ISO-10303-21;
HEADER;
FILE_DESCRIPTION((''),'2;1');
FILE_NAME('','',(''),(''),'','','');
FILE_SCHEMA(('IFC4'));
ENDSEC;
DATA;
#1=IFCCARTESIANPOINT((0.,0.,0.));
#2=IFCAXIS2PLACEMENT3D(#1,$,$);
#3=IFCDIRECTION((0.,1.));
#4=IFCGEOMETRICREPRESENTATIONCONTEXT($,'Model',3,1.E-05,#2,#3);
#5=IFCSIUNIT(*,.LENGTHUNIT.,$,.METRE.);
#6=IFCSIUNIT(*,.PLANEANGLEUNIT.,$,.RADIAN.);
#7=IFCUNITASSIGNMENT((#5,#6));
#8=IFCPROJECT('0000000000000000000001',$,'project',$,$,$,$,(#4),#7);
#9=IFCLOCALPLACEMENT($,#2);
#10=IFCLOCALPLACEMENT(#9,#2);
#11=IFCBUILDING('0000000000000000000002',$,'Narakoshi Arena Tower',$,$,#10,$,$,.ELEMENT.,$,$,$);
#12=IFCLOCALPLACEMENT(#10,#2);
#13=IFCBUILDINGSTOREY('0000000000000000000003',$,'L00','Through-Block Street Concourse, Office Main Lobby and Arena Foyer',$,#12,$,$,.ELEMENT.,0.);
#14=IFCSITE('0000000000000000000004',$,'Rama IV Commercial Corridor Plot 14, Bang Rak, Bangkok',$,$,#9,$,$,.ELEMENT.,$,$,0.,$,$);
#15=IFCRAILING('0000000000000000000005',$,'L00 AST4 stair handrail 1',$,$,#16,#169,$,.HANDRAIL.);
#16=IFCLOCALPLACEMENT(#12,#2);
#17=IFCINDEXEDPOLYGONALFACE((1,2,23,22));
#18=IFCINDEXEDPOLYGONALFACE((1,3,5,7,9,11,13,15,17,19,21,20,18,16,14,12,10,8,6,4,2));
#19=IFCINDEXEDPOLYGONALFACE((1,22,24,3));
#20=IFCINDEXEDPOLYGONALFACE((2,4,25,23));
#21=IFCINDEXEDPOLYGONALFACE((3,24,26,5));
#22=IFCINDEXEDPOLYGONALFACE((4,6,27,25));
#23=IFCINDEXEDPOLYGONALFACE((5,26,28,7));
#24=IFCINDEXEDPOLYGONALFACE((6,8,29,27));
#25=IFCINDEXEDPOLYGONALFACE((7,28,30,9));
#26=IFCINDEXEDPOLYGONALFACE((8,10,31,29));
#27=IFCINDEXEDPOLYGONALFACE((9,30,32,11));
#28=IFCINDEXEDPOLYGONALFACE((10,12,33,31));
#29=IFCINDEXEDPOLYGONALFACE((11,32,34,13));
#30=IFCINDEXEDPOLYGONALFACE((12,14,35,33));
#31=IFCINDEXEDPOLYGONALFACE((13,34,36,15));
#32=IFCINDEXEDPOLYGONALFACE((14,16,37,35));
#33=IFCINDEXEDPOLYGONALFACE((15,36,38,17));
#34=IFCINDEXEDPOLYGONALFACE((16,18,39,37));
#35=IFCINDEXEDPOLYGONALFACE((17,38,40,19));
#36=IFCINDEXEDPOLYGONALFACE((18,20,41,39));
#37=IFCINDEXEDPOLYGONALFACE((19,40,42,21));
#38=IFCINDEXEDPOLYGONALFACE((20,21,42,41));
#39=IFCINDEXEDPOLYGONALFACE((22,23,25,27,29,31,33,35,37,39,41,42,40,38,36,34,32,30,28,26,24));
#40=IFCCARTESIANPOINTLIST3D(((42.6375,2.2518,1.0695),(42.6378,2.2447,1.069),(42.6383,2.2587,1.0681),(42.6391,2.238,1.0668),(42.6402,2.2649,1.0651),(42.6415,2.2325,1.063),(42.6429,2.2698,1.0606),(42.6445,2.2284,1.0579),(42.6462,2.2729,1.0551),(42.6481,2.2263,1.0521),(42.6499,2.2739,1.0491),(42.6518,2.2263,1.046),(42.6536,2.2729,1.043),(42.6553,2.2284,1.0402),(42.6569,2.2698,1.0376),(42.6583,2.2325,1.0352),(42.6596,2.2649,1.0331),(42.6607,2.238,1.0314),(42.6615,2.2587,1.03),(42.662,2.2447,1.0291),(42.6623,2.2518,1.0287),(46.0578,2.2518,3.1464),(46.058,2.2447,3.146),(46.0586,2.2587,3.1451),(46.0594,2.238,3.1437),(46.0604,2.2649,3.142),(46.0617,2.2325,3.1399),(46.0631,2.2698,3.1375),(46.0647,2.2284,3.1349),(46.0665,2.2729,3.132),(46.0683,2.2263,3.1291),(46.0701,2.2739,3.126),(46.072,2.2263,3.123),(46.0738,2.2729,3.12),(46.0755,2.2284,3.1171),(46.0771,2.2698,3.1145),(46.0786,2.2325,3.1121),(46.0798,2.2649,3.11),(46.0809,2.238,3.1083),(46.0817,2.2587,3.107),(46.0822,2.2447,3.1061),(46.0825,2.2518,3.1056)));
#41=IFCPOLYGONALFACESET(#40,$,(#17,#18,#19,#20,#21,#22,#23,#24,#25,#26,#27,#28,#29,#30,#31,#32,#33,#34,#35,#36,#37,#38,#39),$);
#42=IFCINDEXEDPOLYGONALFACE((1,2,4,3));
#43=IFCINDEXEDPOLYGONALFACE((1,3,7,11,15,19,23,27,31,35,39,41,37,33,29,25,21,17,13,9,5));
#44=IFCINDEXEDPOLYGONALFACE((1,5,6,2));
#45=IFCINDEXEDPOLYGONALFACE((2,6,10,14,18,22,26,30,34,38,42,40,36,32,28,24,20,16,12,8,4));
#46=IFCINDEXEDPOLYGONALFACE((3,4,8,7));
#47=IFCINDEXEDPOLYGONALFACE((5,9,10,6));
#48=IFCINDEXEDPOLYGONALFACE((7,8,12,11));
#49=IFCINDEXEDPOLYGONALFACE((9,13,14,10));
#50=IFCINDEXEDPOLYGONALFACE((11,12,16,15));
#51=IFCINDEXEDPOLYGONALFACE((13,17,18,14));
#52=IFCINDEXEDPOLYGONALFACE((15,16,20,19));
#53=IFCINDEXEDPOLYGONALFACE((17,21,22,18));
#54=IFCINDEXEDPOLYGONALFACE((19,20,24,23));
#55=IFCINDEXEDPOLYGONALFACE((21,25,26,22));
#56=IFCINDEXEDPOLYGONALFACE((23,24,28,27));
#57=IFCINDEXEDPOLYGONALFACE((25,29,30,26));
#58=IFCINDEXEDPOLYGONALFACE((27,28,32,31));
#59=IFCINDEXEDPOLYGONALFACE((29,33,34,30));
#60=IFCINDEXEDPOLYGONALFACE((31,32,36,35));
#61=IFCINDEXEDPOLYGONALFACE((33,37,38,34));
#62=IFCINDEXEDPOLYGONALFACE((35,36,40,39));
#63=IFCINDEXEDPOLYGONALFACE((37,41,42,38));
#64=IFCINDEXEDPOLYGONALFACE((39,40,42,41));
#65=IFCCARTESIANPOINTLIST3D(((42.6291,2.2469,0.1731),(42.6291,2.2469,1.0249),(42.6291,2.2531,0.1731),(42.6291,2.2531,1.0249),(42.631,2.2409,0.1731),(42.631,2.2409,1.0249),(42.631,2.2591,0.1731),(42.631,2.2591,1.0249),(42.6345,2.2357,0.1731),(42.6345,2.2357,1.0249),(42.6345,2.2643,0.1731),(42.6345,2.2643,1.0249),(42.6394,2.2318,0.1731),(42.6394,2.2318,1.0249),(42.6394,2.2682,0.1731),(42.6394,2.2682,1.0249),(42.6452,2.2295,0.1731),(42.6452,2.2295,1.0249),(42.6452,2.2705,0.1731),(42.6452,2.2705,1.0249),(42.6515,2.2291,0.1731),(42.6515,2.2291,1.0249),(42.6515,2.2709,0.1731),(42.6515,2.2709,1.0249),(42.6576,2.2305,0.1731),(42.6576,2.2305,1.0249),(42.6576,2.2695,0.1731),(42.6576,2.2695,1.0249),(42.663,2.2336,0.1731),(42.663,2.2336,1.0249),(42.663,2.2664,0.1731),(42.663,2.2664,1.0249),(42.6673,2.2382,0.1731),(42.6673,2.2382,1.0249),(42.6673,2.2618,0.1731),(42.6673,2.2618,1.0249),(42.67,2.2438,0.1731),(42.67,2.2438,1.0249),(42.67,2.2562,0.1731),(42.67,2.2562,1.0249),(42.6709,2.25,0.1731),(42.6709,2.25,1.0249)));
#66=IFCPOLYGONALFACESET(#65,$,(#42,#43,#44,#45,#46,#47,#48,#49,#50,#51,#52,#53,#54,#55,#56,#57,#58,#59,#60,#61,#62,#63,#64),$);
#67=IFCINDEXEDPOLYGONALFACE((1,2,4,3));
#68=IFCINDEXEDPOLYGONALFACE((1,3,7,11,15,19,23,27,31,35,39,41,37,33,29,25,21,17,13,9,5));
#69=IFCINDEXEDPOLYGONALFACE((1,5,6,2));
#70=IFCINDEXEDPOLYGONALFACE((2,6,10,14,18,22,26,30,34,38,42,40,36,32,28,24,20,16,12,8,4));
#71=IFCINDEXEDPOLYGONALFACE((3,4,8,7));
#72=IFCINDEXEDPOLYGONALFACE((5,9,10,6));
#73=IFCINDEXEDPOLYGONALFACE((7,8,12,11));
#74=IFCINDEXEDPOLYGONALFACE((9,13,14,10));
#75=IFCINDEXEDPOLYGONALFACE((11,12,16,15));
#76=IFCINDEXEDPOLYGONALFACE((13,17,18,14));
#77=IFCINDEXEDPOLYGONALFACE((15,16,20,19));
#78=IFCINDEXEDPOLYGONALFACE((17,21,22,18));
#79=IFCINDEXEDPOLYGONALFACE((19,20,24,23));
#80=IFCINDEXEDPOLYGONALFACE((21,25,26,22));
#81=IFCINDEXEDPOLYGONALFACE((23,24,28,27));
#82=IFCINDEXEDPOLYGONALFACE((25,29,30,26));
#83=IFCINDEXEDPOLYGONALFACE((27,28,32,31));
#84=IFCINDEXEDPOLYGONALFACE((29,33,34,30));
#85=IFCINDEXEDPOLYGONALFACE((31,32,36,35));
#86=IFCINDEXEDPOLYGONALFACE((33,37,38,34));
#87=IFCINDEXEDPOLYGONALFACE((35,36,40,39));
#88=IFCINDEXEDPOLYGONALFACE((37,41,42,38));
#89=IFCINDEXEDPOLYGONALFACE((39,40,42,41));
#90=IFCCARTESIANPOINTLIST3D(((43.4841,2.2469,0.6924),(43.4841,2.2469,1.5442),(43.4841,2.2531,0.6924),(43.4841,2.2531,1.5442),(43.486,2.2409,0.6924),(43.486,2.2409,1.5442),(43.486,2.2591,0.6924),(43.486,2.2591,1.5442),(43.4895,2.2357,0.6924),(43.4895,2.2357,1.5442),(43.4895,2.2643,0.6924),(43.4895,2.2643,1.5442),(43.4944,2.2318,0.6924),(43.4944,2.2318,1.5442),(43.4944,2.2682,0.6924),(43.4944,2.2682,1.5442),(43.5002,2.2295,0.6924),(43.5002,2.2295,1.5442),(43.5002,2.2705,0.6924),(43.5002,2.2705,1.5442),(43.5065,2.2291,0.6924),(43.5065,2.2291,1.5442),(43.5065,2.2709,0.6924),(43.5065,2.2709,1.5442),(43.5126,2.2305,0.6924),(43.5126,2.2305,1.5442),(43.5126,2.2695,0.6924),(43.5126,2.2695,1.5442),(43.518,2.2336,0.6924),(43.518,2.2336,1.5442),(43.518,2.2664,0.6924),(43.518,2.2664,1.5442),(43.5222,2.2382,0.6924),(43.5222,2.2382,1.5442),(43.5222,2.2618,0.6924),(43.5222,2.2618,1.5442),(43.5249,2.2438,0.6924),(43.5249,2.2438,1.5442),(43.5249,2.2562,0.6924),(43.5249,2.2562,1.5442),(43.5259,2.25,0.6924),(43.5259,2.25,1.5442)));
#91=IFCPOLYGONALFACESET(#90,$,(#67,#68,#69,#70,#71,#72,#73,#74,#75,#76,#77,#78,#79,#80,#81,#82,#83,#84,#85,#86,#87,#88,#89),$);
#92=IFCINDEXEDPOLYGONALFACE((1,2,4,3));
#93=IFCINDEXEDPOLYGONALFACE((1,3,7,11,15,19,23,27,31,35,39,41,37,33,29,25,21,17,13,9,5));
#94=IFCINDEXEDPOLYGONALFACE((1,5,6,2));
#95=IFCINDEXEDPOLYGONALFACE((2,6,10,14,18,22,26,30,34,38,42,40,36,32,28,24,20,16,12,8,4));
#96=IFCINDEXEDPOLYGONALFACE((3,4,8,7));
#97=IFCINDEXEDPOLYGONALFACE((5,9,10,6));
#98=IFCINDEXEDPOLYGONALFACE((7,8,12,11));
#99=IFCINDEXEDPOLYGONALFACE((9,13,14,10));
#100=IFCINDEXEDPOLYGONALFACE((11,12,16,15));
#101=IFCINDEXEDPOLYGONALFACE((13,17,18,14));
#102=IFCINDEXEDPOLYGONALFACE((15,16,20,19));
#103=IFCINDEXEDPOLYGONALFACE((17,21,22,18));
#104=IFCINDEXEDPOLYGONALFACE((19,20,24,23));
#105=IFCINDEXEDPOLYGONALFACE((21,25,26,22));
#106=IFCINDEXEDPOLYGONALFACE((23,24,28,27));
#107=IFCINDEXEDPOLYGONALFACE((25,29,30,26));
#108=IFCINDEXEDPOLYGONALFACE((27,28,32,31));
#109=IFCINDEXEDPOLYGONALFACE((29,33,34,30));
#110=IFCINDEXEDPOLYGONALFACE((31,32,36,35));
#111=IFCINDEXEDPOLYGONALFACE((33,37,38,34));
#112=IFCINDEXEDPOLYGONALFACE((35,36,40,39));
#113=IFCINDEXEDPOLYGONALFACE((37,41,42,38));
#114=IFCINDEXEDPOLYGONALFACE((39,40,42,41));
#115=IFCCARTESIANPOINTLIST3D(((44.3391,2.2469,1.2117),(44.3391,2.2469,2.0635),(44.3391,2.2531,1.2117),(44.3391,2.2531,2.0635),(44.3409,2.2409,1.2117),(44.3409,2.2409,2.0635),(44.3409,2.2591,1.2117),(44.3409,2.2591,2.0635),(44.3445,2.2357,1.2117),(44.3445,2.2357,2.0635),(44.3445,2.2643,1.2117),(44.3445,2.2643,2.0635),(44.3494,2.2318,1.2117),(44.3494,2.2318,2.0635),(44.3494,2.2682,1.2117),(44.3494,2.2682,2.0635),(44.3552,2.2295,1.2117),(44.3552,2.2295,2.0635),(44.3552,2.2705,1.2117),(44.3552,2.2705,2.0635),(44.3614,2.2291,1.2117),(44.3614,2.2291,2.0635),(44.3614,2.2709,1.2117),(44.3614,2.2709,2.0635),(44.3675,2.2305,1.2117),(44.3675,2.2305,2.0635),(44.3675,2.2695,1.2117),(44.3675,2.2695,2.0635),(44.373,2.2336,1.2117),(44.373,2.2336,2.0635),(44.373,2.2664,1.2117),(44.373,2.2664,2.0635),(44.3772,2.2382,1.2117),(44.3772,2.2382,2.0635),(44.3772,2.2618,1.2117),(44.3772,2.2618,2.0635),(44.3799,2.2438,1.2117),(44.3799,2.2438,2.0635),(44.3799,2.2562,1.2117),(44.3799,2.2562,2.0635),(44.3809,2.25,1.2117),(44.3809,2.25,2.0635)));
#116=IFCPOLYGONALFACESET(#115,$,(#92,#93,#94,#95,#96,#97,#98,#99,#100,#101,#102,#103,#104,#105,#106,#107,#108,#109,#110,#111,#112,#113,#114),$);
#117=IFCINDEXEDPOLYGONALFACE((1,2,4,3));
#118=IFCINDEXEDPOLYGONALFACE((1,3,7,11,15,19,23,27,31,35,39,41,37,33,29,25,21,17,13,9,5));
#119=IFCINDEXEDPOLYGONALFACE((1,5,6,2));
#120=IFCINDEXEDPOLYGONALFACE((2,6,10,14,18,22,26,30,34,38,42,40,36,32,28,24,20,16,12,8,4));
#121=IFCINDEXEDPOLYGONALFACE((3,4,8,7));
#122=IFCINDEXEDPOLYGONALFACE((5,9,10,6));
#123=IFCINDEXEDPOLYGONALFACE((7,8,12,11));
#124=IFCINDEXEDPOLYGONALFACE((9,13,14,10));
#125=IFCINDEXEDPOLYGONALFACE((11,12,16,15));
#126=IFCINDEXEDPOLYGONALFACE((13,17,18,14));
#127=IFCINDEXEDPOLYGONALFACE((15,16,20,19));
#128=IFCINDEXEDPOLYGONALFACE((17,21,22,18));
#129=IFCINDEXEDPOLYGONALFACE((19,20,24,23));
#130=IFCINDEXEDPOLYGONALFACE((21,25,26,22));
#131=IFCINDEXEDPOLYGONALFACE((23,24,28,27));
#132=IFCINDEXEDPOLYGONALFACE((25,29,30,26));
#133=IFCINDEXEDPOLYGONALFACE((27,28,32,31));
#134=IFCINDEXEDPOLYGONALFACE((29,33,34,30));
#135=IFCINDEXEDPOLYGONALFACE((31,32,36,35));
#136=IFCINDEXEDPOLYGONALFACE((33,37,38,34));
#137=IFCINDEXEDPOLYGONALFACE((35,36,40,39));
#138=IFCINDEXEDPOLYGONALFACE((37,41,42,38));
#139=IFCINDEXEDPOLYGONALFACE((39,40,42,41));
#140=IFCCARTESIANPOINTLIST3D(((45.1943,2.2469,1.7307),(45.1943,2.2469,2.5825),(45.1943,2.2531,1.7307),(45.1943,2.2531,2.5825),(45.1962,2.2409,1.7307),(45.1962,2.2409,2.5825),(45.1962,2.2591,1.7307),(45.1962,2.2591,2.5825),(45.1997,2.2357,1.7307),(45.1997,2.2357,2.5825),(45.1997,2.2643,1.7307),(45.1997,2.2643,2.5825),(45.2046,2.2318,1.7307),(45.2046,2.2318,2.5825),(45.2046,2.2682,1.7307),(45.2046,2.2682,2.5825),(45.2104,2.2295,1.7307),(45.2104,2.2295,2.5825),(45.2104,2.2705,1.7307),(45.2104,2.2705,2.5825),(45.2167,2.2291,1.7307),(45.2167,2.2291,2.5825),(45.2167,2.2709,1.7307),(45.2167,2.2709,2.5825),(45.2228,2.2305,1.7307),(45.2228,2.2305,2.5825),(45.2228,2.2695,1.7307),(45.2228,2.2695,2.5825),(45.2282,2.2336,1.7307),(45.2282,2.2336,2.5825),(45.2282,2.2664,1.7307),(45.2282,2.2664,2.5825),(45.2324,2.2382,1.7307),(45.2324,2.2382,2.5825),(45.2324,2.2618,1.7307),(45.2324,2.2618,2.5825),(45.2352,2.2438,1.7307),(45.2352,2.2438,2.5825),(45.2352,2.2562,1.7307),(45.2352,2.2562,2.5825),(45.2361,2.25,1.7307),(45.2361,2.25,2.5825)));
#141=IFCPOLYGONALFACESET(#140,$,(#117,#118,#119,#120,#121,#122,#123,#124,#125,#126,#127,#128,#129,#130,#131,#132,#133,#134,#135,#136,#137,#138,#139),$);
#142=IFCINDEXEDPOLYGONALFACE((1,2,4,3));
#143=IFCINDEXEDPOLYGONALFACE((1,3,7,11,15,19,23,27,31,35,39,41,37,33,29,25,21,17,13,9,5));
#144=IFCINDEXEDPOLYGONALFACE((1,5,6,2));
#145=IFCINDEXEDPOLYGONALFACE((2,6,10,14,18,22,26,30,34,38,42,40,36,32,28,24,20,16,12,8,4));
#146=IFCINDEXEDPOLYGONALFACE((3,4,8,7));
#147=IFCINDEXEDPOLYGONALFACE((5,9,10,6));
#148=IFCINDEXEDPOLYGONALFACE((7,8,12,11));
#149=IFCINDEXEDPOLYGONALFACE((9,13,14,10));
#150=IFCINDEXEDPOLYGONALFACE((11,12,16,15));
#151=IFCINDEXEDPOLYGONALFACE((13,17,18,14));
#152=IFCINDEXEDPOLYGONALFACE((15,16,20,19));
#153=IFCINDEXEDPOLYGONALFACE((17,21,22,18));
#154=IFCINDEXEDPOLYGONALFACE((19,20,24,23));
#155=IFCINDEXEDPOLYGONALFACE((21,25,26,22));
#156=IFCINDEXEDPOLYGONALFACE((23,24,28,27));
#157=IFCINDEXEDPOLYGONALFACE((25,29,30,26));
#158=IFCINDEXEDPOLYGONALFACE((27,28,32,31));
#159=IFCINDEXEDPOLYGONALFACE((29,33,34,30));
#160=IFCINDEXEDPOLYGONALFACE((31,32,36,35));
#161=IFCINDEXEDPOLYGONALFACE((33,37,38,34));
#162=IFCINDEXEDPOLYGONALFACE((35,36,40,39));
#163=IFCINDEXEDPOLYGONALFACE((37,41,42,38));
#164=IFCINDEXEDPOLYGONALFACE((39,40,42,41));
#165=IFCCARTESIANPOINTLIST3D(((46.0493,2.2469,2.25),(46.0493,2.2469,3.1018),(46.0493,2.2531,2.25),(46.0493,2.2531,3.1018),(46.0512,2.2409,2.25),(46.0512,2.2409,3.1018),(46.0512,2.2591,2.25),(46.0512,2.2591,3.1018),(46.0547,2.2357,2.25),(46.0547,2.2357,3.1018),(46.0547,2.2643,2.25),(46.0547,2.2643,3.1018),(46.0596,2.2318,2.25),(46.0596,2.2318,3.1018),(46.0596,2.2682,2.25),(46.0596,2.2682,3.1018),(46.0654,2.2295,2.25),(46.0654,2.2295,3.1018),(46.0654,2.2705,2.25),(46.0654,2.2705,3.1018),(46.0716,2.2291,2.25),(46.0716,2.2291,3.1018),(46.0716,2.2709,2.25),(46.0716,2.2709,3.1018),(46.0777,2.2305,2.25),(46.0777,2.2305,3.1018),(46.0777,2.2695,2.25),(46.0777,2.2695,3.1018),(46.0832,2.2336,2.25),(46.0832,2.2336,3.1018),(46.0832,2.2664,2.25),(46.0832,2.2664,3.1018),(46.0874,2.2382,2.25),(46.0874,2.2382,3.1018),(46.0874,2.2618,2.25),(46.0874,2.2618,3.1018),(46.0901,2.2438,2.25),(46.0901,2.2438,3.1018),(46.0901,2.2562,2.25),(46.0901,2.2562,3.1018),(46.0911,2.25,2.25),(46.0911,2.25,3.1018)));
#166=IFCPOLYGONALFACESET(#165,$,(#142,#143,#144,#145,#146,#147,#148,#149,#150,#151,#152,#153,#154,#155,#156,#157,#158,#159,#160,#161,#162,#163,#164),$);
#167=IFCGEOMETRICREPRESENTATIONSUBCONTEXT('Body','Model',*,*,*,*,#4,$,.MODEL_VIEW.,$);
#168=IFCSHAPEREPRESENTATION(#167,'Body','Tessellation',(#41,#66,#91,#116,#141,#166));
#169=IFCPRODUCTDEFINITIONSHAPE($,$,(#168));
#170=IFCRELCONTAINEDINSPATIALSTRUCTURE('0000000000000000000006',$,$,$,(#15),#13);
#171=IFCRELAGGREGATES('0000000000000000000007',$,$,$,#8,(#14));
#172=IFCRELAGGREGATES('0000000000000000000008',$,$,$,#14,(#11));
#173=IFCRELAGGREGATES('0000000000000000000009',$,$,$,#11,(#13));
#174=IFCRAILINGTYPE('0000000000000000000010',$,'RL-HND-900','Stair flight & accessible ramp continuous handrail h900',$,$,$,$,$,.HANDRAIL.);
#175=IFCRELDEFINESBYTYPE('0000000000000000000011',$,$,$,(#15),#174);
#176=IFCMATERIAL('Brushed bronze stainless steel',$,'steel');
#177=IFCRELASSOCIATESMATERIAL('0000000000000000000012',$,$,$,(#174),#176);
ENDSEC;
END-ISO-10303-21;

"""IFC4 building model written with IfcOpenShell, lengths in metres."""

from ifc_helpers import new_model, si_unit, direction, frame, origin, origin_2d, place, context, subcontext, project, spatial, circle, extrude, material, type_object, element, save


model = new_model("IFC4")

# Units and contexts
model_context = context("Model", 3, precision=1e-05, world=origin(), true_north=direction((0.0, 1.0)))
body_context = subcontext(model_context, "Body", "Model", "MODEL_VIEW")
ifc_project = project(units=[si_unit("LENGTHUNIT", "METRE"), si_unit("PLANEANGLEUNIT", "RADIAN")], contexts=[model_context])

# Site, building, storey
site_placement = place(None, origin())
site = spatial("IfcSite", under=ifc_project, at=site_placement, Name="Rama IV Commercial Corridor Plot 14, Bang Rak, Bangkok", CompositionType="ELEMENT", RefElevation=0.0)
building_placement = place(site_placement, origin())
building = spatial("IfcBuilding", under=site, at=building_placement, Name="Narakoshi Arena Tower", CompositionType="ELEMENT")
storey_placement = place(building_placement, origin())
storey = spatial("IfcBuildingStorey", under=building, at=storey_placement, Name="L00", Description="Through-Block Street Concourse, Office Main Lobby and Arena Foyer", CompositionType="ELEMENT", Elevation=0.0)

# Railing
ifc_material_1 = material(Name="Brushed bronze stainless steel", Category="steel")
railing_type = type_object("IfcRailingType", Name="RL-HND-900", Description="Stair flight & accessible ramp continuous handrail h900", PredefinedType="HANDRAIL", material=ifc_material_1)
for number, where, name in (
    (1, (42.6499, 2.25, 0.1731), "L00 AST4 stair handrail 1"),
):
    element("IfcRailing", number, at=place(storey_placement, frame(where)), inside=storey, type_object=railing_type, Name=name, PredefinedType="HANDRAIL", context=body_context, shape_type="SweptSolid", body=[
        extrude(circle(Radius=0.0239, at=origin_2d()), frame((0.0, 0.0, 0.876), z_axis=(0.854746, 0.0, 0.519047), x_axis=(0.0, 1.0, 0.0)), (0.0, 0.0, 1.0), 4.0015),
        extrude(circle(Radius=0.021, at=origin_2d()), origin(), (0.0, 0.0, 1.0), 0.8518),
        extrude(circle(Radius=0.021, at=origin_2d()), frame((0.855, 0.0, 0.5193)), (0.0, 0.0, 1.0), 0.8518),
        extrude(circle(Radius=0.021, at=origin_2d()), frame((1.71, 0.0, 1.0386)), (0.0, 0.0, 1.0), 0.8518),
        extrude(circle(Radius=0.021, at=origin_2d()), frame((2.5652, 0.0, 1.5576)), (0.0, 0.0, 1.0), 0.8518),
        extrude(circle(Radius=0.021, at=origin_2d()), frame((3.4202, 0.0, 2.0769)), (0.0, 0.0, 1.0), 0.8518),
    ])

save(model, "model.ifc")
